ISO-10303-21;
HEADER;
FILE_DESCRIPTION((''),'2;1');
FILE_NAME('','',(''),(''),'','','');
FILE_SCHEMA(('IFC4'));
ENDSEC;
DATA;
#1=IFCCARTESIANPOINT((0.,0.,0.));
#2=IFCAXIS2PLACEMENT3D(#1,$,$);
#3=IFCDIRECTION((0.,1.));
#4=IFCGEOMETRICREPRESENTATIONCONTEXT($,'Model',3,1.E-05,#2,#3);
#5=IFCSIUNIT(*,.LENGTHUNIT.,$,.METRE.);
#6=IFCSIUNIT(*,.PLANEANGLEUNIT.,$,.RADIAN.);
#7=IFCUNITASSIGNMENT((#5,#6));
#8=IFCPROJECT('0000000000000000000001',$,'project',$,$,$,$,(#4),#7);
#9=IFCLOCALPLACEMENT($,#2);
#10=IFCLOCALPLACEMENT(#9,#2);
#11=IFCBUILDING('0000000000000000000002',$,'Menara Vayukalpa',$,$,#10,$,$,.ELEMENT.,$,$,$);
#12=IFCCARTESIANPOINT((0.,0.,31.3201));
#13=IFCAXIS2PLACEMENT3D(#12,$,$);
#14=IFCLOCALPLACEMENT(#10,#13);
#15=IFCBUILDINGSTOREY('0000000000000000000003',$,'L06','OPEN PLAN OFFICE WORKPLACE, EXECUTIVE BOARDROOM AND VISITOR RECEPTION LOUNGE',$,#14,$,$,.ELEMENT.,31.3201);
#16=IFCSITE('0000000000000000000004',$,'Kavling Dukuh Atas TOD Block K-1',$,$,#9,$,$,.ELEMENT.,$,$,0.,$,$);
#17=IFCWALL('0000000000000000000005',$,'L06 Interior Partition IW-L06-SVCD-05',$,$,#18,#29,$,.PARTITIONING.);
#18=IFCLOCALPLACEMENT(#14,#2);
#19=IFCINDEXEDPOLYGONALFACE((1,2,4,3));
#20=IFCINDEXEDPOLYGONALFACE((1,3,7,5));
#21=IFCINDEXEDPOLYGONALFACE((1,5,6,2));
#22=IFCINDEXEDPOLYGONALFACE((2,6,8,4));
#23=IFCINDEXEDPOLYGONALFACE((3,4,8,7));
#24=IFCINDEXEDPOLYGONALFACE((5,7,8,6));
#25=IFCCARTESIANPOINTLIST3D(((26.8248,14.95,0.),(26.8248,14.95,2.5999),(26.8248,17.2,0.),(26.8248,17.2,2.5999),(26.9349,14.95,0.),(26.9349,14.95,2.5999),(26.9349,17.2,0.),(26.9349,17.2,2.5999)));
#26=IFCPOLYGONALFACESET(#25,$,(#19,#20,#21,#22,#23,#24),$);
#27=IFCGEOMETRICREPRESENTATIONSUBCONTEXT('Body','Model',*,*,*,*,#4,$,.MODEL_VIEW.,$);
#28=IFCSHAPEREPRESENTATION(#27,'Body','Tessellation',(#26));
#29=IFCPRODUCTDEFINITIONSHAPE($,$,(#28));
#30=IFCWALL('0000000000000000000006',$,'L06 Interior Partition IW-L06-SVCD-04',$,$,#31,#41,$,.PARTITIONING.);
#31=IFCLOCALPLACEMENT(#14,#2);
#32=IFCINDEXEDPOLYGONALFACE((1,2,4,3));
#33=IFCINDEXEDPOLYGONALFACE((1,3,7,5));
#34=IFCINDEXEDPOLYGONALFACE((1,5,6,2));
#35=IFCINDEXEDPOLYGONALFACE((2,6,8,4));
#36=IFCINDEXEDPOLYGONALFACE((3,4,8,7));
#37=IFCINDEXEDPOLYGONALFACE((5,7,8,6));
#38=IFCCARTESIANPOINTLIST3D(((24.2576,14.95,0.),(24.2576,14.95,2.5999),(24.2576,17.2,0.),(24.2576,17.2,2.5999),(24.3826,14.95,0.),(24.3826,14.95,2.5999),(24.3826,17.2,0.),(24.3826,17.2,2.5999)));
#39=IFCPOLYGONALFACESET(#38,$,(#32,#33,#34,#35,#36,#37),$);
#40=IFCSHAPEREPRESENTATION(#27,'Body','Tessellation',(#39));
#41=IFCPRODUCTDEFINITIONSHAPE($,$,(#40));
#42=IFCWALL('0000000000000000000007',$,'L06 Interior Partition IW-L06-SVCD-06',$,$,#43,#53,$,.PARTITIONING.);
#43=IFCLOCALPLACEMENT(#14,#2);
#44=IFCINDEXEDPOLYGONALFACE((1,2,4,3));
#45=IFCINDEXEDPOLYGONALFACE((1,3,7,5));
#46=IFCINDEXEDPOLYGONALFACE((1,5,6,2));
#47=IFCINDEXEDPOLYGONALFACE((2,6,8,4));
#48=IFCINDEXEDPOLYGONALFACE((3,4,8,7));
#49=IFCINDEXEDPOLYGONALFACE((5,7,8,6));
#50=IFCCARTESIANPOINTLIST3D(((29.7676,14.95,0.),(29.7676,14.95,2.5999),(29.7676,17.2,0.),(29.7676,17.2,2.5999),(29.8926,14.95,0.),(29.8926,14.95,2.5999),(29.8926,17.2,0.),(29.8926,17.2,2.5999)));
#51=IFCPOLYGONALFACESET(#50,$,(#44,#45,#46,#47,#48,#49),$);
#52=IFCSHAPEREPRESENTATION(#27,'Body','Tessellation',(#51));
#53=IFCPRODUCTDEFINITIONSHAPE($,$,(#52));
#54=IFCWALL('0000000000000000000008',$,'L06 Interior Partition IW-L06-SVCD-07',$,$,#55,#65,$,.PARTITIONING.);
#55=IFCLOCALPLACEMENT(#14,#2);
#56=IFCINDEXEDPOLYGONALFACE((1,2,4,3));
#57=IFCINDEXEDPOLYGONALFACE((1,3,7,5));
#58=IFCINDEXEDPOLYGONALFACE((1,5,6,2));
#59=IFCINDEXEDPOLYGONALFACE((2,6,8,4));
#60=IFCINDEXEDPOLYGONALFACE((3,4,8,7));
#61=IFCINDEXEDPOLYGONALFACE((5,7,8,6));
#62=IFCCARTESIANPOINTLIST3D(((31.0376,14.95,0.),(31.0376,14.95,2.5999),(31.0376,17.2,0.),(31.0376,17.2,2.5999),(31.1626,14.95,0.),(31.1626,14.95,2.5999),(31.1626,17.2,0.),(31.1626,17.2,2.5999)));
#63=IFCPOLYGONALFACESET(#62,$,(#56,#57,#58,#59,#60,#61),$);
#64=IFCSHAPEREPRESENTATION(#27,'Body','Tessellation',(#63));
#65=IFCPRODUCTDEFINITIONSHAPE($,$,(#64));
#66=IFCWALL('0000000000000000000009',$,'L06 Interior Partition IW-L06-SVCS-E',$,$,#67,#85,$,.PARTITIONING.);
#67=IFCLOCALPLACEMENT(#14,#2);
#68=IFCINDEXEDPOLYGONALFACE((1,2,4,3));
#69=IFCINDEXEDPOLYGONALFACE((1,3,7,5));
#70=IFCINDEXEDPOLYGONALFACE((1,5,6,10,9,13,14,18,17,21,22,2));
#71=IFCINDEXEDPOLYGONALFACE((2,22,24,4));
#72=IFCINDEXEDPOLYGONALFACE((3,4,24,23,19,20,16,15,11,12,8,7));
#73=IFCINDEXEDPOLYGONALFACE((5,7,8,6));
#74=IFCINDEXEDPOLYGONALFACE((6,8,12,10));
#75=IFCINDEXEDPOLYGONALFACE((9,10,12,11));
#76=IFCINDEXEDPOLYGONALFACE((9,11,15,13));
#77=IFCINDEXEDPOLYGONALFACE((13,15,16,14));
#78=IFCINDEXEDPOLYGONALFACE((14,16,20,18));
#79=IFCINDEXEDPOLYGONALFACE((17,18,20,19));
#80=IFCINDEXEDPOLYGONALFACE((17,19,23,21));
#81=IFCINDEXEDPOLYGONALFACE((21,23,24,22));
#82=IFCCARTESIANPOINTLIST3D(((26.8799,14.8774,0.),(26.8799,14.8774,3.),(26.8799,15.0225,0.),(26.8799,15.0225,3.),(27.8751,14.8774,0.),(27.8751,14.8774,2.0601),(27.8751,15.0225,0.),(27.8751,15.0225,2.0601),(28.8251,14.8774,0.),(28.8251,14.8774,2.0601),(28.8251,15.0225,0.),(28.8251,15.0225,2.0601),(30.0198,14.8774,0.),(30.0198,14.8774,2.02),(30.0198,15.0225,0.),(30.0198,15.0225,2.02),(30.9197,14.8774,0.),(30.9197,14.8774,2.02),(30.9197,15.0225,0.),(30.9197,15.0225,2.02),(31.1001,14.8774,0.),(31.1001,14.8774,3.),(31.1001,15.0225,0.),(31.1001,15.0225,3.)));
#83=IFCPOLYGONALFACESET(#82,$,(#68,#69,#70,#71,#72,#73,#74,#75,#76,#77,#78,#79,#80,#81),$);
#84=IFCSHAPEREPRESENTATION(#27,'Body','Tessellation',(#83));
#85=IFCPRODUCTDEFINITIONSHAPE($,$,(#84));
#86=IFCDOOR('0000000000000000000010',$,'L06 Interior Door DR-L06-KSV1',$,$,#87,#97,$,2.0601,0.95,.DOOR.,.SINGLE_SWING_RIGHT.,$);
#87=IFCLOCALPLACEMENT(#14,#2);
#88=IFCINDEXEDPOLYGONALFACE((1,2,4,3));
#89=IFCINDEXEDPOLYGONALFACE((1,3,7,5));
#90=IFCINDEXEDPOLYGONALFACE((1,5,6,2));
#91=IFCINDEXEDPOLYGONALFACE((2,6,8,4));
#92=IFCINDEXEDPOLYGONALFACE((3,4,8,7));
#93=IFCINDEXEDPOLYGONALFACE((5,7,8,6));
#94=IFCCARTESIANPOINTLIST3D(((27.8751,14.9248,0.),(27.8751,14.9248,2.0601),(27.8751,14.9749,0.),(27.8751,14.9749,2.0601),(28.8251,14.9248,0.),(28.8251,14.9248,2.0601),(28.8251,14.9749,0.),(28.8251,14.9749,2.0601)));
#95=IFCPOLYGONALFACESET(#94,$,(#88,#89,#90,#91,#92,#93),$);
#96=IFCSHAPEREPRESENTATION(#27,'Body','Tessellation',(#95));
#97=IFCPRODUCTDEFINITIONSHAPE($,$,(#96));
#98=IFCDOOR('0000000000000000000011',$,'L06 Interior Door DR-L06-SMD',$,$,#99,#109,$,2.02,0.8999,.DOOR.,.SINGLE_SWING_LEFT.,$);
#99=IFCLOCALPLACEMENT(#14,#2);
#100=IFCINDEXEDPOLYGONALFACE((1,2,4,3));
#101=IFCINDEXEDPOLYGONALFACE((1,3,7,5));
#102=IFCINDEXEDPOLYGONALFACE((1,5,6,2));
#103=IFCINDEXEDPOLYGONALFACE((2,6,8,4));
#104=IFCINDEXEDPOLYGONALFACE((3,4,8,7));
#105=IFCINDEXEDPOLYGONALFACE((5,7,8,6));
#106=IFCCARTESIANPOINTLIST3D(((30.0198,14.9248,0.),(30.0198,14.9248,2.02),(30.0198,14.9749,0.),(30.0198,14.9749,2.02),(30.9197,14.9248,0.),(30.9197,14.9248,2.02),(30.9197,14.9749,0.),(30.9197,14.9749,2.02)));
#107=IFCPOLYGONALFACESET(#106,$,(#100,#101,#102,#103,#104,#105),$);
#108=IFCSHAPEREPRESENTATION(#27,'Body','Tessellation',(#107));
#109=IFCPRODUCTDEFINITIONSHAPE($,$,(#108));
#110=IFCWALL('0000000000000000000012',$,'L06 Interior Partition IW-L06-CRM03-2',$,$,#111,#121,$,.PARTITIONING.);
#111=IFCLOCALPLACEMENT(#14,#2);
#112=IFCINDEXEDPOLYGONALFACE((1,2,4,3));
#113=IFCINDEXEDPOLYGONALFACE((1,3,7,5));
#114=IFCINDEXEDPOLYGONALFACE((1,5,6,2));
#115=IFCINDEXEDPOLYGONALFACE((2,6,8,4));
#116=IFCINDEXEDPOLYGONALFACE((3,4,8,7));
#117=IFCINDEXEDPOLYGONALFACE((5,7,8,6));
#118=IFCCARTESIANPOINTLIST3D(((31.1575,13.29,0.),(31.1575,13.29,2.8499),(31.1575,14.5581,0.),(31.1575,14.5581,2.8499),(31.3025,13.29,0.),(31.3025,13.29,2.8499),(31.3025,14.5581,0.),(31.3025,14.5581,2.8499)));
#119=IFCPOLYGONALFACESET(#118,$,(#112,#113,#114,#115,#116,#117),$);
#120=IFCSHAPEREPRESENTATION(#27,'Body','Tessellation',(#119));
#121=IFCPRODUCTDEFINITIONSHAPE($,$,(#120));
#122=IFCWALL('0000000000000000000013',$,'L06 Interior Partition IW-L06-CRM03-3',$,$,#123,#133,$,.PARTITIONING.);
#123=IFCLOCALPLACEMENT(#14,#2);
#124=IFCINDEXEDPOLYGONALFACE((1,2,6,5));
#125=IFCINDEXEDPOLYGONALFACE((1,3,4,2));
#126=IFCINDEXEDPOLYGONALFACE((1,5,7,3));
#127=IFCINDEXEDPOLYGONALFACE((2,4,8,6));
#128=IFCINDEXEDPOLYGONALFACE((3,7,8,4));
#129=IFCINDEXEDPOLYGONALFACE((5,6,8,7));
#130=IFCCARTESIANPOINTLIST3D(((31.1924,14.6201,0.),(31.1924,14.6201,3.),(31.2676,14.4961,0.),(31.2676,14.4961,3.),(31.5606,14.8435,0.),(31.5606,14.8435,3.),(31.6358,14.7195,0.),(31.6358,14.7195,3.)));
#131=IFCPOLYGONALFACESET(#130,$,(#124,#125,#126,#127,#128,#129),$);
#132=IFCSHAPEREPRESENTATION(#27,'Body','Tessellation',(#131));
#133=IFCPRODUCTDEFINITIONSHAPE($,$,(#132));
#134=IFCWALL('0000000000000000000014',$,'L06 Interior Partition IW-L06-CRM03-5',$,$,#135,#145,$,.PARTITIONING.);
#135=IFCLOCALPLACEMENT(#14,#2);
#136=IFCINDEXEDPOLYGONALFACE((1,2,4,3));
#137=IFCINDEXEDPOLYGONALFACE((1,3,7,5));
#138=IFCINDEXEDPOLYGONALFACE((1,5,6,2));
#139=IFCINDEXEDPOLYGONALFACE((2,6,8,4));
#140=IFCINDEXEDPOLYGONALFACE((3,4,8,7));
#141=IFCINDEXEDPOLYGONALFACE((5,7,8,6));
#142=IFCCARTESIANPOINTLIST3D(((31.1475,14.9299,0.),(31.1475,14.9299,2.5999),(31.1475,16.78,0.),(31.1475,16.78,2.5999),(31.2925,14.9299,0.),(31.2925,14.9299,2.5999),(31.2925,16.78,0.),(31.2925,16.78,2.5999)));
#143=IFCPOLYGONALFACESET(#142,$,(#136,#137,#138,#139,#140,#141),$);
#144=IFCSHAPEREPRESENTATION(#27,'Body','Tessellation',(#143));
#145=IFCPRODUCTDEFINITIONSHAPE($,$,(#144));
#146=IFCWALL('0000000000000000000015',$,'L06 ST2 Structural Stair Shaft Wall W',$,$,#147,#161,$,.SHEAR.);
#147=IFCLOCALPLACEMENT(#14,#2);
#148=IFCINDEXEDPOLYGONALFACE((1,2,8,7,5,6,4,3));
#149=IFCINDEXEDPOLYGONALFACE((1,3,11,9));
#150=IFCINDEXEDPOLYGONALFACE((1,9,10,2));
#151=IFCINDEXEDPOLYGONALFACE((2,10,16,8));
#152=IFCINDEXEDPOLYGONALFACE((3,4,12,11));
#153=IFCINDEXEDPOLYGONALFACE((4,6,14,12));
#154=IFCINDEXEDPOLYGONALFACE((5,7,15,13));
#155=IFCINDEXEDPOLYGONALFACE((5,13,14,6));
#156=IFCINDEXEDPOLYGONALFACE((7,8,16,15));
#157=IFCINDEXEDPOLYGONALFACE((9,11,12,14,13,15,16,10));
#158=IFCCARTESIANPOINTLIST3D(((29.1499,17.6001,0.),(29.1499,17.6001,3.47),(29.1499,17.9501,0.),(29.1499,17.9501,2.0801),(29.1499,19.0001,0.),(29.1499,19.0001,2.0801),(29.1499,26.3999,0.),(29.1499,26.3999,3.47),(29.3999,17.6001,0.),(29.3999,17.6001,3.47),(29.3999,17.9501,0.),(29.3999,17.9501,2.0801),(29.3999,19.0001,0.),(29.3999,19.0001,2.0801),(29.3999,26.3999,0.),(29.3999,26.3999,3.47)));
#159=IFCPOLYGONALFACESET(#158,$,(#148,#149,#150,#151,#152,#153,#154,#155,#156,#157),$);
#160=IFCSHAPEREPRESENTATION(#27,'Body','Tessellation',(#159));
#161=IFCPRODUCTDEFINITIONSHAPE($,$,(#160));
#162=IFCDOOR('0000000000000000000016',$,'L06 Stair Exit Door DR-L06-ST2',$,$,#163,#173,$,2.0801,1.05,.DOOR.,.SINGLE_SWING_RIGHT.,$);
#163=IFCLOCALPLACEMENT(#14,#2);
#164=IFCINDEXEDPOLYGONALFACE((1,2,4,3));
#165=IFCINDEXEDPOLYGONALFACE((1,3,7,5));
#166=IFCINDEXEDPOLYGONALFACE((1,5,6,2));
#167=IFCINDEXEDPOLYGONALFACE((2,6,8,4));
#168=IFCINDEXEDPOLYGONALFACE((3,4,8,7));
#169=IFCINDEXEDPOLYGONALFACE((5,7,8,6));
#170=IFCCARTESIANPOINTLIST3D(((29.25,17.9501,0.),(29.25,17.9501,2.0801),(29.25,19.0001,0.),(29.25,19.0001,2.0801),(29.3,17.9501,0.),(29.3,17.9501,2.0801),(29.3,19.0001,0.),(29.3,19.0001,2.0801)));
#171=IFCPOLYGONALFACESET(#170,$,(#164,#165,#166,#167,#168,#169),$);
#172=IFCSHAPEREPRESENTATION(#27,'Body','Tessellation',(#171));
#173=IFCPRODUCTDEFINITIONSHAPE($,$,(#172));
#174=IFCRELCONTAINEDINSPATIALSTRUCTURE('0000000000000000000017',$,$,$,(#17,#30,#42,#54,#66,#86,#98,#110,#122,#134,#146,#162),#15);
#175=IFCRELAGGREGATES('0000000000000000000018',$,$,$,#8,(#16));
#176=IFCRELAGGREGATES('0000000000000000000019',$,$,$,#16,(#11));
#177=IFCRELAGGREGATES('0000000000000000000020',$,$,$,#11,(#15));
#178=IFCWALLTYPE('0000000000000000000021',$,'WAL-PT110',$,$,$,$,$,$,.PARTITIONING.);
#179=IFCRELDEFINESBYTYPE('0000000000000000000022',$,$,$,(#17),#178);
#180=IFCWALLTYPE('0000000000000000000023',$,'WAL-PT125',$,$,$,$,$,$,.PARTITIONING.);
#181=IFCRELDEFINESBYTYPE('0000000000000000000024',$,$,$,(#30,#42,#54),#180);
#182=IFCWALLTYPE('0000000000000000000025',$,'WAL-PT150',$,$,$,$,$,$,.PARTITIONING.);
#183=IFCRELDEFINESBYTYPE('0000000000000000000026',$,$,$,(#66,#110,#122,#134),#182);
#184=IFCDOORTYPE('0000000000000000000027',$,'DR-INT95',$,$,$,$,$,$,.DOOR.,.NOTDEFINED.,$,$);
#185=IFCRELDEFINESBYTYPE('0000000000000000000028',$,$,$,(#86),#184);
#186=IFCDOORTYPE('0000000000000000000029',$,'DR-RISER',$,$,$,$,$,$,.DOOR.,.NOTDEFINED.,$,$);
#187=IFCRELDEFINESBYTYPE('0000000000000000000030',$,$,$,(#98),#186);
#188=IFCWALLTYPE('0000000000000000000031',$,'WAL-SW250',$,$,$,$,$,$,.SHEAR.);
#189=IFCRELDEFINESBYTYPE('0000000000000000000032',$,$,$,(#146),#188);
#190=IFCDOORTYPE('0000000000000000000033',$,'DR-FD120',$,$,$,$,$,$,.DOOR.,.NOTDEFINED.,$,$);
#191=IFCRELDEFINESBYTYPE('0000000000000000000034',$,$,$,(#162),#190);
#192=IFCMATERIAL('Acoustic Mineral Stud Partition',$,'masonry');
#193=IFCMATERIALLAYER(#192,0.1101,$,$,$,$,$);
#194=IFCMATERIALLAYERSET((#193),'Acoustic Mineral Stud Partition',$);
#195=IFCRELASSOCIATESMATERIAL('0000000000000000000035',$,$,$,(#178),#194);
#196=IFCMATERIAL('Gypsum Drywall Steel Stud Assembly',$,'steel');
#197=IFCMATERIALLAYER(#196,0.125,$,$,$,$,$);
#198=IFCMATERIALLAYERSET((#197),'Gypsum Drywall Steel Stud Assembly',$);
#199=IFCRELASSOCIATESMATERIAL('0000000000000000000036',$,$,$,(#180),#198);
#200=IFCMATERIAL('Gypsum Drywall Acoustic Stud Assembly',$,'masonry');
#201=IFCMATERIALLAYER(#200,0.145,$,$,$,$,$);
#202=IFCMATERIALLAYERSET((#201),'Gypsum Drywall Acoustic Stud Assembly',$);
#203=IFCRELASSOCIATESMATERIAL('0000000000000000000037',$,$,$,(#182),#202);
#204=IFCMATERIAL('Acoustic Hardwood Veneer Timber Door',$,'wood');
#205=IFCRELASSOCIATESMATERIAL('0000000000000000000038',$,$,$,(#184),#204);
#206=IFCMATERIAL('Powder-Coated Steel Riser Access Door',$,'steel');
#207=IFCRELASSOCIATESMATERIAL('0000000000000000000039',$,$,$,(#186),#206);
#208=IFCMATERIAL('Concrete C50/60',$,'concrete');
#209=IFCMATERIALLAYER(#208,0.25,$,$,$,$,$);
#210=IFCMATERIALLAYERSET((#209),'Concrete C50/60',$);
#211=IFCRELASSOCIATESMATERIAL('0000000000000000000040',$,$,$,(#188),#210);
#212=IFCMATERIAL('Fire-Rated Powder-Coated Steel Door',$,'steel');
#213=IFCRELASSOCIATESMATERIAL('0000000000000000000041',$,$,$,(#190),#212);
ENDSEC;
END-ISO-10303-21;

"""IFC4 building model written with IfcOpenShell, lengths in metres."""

from ifc_helpers import new_model, si_unit, direction, frame, frame_2d, origin, place, context, subcontext, project, spatial, rectangle, extrude, material, layer, layer_set, type_object, element, fill, save


model = new_model("IFC4")

# Units and contexts
model_context = context("Model", 3, precision=1e-05, world=origin(), true_north=direction((0.0, 1.0)))
body_context = subcontext(model_context, "Body", "Model", "MODEL_VIEW")
ifc_project = project(units=[si_unit("LENGTHUNIT", "METRE"), si_unit("PLANEANGLEUNIT", "RADIAN")], contexts=[model_context])

# Site, building, storey
site_placement = place(None, origin())
site = spatial("IfcSite", under=ifc_project, at=site_placement, Name="Kavling Dukuh Atas TOD Block K-1", CompositionType="ELEMENT", RefElevation=0.0)
building_placement = place(site_placement, origin())
building = spatial("IfcBuilding", under=site, at=building_placement, Name="Menara Vayukalpa", CompositionType="ELEMENT")
storey_placement = place(building_placement, frame((0.0, 0.0, 31.3201)))
storey = spatial("IfcBuildingStorey", under=building, at=storey_placement, Name="L06", Description="OPEN PLAN OFFICE WORKPLACE, EXECUTIVE BOARDROOM AND VISITOR RECEPTION LOUNGE", CompositionType="ELEMENT", Elevation=31.3201)

# Walls
ifc_material_1 = material(Name="Acoustic Mineral Stud Partition", Category="masonry")
ifc_layer_1 = layer(ifc_material_1, 0.1101)
ifc_layer_set_1 = layer_set([ifc_layer_1], Name="Acoustic Mineral Stud Partition")
wall_type_1 = type_object("IfcWallType", Name="WAL-PT110", PredefinedType="PARTITIONING", material=ifc_layer_set_1)
wall_1_placement = place(storey_placement, frame((26.8799, 14.95, 0.0), z_axis=(0.0, 0.0, 1.0), x_axis=(0.0, 1.0, 0.0)))
element("IfcWall", 1, at=wall_1_placement, inside=storey, type_object=wall_type_1, Name="L06 Interior Partition IW-L06-SVCD-05", PredefinedType="PARTITIONING", context=body_context, shape_type="SweptSolid", body=[
    extrude(rectangle(XDim=2.25, YDim=0.1101, at=frame_2d((1.125, 0.0))), origin(), (0.0, 0.0, 1.0), 2.5999),
])
ifc_material_2 = material(Name="Gypsum Drywall Steel Stud Assembly", Category="steel")
ifc_layer_2 = layer(ifc_material_2, 0.125)
ifc_layer_set_2 = layer_set([ifc_layer_2], Name="Gypsum Drywall Steel Stud Assembly")
wall_type_2 = type_object("IfcWallType", Name="WAL-PT125", PredefinedType="PARTITIONING", material=ifc_layer_set_2)
for number, where, z_axis, x_axis, name in (
    (2, (24.3201, 14.95, 0.0), (0.0, 0.0, 1.0), (0.0, 1.0, 0.0), "L06 Interior Partition IW-L06-SVCD-04"),
    (3, (29.8301, 14.95, 0.0), (0.0, 0.0, 1.0), (0.0, 1.0, 0.0), "L06 Interior Partition IW-L06-SVCD-06"),
    (4, (31.1001, 14.95, 0.0), (0.0, 0.0, 1.0), (0.0, 1.0, 0.0), "L06 Interior Partition IW-L06-SVCD-07"),
):
    element("IfcWall", number, at=place(storey_placement, frame(where, z_axis=z_axis, x_axis=x_axis)), inside=storey, type_object=wall_type_2, Name=name, PredefinedType="PARTITIONING", context=body_context, shape_type="SweptSolid", body=[
        extrude(rectangle(XDim=2.25, YDim=0.125, at=frame_2d((1.125, 0.0))), origin(), (0.0, 0.0, 1.0), 2.5999),
    ])

# Wall, openings, doors
ifc_material_3 = material(Name="Gypsum Drywall Acoustic Stud Assembly", Category="masonry")
ifc_layer_3 = layer(ifc_material_3, 0.145)
ifc_layer_set_3 = layer_set([ifc_layer_3], Name="Gypsum Drywall Acoustic Stud Assembly")
wall_type_3 = type_object("IfcWallType", Name="WAL-PT150", PredefinedType="PARTITIONING", material=ifc_layer_set_3)
wall_2_placement = place(storey_placement, frame((26.8799, 14.95, 0.0), z_axis=(0.0, 0.0, 1.0), x_axis=(1.0, 0.0, 0.0)))
wall_2 = element("IfcWall", 5, at=wall_2_placement, inside=storey, type_object=wall_type_3, Name="L06 Interior Partition IW-L06-SVCS-E", PredefinedType="PARTITIONING", context=body_context, shape_type="SweptSolid", body=[
    extrude(rectangle(XDim=4.2202, YDim=0.145, at=frame_2d((2.1101, 0.0))), origin(), (0.0, 0.0, 1.0), 3.0),
])
opening_1_placement = place(wall_2_placement, frame((0.9951, 0.0, 0.0)))
opening_1 = element("IfcOpeningElement", 6, at=opening_1_placement, cuts=wall_2, PredefinedType="OPENING", context=body_context, shape_type="SweptSolid", body=[
    extrude(rectangle(XDim=0.95, YDim=2.0601, at=frame_2d((0.4751, 1.03))), frame((0.0, 0.0825, 0.0), z_axis=(0.0, -1.0, 0.0), x_axis=(1.0, 0.0, 0.0)), (0.0, 0.0, 1.0), 0.165),
])
opening_2_placement = place(wall_2_placement, frame((3.1399, 0.0, 0.0)))
opening_2 = element("IfcOpeningElement", 7, at=opening_2_placement, cuts=wall_2, PredefinedType="OPENING", context=body_context, shape_type="SweptSolid", body=[
    extrude(rectangle(XDim=0.8999, YDim=2.02, at=frame_2d((0.45, 1.01))), frame((0.0, 0.0825, 0.0), z_axis=(0.0, -1.0, 0.0), x_axis=(1.0, 0.0, 0.0)), (0.0, 0.0, 1.0), 0.165),
])
ifc_material_4 = material(Name="Acoustic Hardwood Veneer Timber Door", Category="wood")
door_type_1 = type_object("IfcDoorType", Name="DR-INT95", OperationType="NOTDEFINED", PredefinedType="DOOR", material=ifc_material_4)
door_1_placement = place(opening_1_placement, origin())
door_1 = element("IfcDoor", 8, at=door_1_placement, inside=storey, type_object=door_type_1, Name="L06 Interior Door DR-L06-KSV1", OperationType="SINGLE_SWING_RIGHT", OverallHeight=2.0601, OverallWidth=0.95, PredefinedType="DOOR", context=body_context, shape_type="SweptSolid", body=[
    extrude(rectangle(XDim=0.95, YDim=2.0601, at=frame_2d((0.4751, 1.03))), frame((0.0, 0.0249, 0.0), z_axis=(0.0, -1.0, 0.0), x_axis=(1.0, 0.0, 0.0)), (0.0, 0.0, 1.0), 0.05),
])
fill(opening_1, door_1)
ifc_material_5 = material(Name="Powder-Coated Steel Riser Access Door", Category="steel")
door_type_2 = type_object("IfcDoorType", Name="DR-RISER", OperationType="NOTDEFINED", PredefinedType="DOOR", material=ifc_material_5)
door_2_placement = place(opening_2_placement, origin())
door_2 = element("IfcDoor", 9, at=door_2_placement, inside=storey, type_object=door_type_2, Name="L06 Interior Door DR-L06-SMD", OperationType="SINGLE_SWING_LEFT", OverallHeight=2.02, OverallWidth=0.8999, PredefinedType="DOOR", context=body_context, shape_type="SweptSolid", body=[
    extrude(rectangle(XDim=0.8999, YDim=2.02, at=frame_2d((0.45, 1.01))), frame((0.0, 0.0249, 0.0), z_axis=(0.0, -1.0, 0.0), x_axis=(1.0, 0.0, 0.0)), (0.0, 0.0, 1.0), 0.05),
])
fill(opening_2, door_2)

# Walls
wall_3_placement = place(storey_placement, frame((31.23, 13.29, 0.0), z_axis=(0.0, 0.0, 1.0), x_axis=(0.0, 1.0, 0.0)))
element("IfcWall", 10, at=wall_3_placement, inside=storey, type_object=wall_type_3, Name="L06 Interior Partition IW-L06-CRM03-2", PredefinedType="PARTITIONING", context=body_context, shape_type="SweptSolid", body=[
    extrude(rectangle(XDim=1.2681, YDim=0.145, at=frame_2d((0.634, 0.0))), origin(), (0.0, 0.0, 1.0), 2.8499),
])
wall_4_placement = place(storey_placement, frame((31.23, 14.5581, 0.0), z_axis=(0.0, 0.0, 1.0), x_axis=(0.854931, 0.518741, 0.0)))
element("IfcWall", 11, at=wall_4_placement, inside=storey, type_object=wall_type_3, Name="L06 Interior Partition IW-L06-CRM03-3", PredefinedType="PARTITIONING", context=body_context, shape_type="SweptSolid", body=[
    extrude(rectangle(XDim=0.4307, YDim=0.145, at=frame_2d((0.2153, 0.0))), origin(), (0.0, 0.0, 1.0), 3.0),
])
wall_5_placement = place(storey_placement, frame((31.22, 14.9299, 0.0), z_axis=(0.0, 0.0, 1.0), x_axis=(0.0, 1.0, 0.0)))
element("IfcWall", 12, at=wall_5_placement, inside=storey, type_object=wall_type_3, Name="L06 Interior Partition IW-L06-CRM03-5", PredefinedType="PARTITIONING", context=body_context, shape_type="SweptSolid", body=[
    extrude(rectangle(XDim=1.8501, YDim=0.145, at=frame_2d((0.925, 0.0))), origin(), (0.0, 0.0, 1.0), 2.5999),
])

# Wall, opening, door
ifc_material_6 = material(Name="Concrete C50/60", Category="concrete")
ifc_layer_4 = layer(ifc_material_6, 0.25)
ifc_layer_set_4 = layer_set([ifc_layer_4], Name="Concrete C50/60")
wall_type_4 = type_object("IfcWallType", Name="WAL-SW250", PredefinedType="SHEAR", material=ifc_layer_set_4)
wall_6_placement = place(storey_placement, frame((29.2749, 17.6001, 0.0), z_axis=(0.0, 0.0, 1.0), x_axis=(0.0, 1.0, 0.0)))
wall_6 = element("IfcWall", 13, at=wall_6_placement, inside=storey, type_object=wall_type_4, Name="L06 ST2 Structural Stair Shaft Wall W", PredefinedType="SHEAR", context=body_context, shape_type="SweptSolid", body=[
    extrude(rectangle(XDim=8.7998, YDim=0.25, at=frame_2d((4.3999, 0.0))), origin(), (0.0, 0.0, 1.0), 3.47),
])
opening_3_placement = place(wall_6_placement, frame((0.3501, 0.0, 0.0)))
opening_3 = element("IfcOpeningElement", 14, at=opening_3_placement, cuts=wall_6, PredefinedType="OPENING", context=body_context, shape_type="SweptSolid", body=[
    extrude(rectangle(XDim=1.05, YDim=2.0801, at=frame_2d((0.5249, 1.04))), frame((0.0, 0.135, 0.0), z_axis=(0.0, -1.0, 0.0), x_axis=(1.0, 0.0, 0.0)), (0.0, 0.0, 1.0), 0.27),
])
ifc_material_7 = material(Name="Fire-Rated Powder-Coated Steel Door", Category="steel")
door_type_3 = type_object("IfcDoorType", Name="DR-FD120", OperationType="NOTDEFINED", PredefinedType="DOOR", material=ifc_material_7)
door_3_placement = place(opening_3_placement, origin())
door_3 = element("IfcDoor", 15, at=door_3_placement, inside=storey, type_object=door_type_3, Name="L06 Stair Exit Door DR-L06-ST2", OperationType="SINGLE_SWING_RIGHT", OverallHeight=2.0801, OverallWidth=1.05, PredefinedType="DOOR", context=body_context, shape_type="SweptSolid", body=[
    extrude(rectangle(XDim=1.05, YDim=2.0801, at=frame_2d((0.5249, 1.04))), frame((0.0, 0.0249, 0.0), z_axis=(0.0, -1.0, 0.0), x_axis=(1.0, 0.0, 0.0)), (0.0, 0.0, 1.0), 0.05),
])
fill(opening_3, door_3)

save(model, "model.ifc")
